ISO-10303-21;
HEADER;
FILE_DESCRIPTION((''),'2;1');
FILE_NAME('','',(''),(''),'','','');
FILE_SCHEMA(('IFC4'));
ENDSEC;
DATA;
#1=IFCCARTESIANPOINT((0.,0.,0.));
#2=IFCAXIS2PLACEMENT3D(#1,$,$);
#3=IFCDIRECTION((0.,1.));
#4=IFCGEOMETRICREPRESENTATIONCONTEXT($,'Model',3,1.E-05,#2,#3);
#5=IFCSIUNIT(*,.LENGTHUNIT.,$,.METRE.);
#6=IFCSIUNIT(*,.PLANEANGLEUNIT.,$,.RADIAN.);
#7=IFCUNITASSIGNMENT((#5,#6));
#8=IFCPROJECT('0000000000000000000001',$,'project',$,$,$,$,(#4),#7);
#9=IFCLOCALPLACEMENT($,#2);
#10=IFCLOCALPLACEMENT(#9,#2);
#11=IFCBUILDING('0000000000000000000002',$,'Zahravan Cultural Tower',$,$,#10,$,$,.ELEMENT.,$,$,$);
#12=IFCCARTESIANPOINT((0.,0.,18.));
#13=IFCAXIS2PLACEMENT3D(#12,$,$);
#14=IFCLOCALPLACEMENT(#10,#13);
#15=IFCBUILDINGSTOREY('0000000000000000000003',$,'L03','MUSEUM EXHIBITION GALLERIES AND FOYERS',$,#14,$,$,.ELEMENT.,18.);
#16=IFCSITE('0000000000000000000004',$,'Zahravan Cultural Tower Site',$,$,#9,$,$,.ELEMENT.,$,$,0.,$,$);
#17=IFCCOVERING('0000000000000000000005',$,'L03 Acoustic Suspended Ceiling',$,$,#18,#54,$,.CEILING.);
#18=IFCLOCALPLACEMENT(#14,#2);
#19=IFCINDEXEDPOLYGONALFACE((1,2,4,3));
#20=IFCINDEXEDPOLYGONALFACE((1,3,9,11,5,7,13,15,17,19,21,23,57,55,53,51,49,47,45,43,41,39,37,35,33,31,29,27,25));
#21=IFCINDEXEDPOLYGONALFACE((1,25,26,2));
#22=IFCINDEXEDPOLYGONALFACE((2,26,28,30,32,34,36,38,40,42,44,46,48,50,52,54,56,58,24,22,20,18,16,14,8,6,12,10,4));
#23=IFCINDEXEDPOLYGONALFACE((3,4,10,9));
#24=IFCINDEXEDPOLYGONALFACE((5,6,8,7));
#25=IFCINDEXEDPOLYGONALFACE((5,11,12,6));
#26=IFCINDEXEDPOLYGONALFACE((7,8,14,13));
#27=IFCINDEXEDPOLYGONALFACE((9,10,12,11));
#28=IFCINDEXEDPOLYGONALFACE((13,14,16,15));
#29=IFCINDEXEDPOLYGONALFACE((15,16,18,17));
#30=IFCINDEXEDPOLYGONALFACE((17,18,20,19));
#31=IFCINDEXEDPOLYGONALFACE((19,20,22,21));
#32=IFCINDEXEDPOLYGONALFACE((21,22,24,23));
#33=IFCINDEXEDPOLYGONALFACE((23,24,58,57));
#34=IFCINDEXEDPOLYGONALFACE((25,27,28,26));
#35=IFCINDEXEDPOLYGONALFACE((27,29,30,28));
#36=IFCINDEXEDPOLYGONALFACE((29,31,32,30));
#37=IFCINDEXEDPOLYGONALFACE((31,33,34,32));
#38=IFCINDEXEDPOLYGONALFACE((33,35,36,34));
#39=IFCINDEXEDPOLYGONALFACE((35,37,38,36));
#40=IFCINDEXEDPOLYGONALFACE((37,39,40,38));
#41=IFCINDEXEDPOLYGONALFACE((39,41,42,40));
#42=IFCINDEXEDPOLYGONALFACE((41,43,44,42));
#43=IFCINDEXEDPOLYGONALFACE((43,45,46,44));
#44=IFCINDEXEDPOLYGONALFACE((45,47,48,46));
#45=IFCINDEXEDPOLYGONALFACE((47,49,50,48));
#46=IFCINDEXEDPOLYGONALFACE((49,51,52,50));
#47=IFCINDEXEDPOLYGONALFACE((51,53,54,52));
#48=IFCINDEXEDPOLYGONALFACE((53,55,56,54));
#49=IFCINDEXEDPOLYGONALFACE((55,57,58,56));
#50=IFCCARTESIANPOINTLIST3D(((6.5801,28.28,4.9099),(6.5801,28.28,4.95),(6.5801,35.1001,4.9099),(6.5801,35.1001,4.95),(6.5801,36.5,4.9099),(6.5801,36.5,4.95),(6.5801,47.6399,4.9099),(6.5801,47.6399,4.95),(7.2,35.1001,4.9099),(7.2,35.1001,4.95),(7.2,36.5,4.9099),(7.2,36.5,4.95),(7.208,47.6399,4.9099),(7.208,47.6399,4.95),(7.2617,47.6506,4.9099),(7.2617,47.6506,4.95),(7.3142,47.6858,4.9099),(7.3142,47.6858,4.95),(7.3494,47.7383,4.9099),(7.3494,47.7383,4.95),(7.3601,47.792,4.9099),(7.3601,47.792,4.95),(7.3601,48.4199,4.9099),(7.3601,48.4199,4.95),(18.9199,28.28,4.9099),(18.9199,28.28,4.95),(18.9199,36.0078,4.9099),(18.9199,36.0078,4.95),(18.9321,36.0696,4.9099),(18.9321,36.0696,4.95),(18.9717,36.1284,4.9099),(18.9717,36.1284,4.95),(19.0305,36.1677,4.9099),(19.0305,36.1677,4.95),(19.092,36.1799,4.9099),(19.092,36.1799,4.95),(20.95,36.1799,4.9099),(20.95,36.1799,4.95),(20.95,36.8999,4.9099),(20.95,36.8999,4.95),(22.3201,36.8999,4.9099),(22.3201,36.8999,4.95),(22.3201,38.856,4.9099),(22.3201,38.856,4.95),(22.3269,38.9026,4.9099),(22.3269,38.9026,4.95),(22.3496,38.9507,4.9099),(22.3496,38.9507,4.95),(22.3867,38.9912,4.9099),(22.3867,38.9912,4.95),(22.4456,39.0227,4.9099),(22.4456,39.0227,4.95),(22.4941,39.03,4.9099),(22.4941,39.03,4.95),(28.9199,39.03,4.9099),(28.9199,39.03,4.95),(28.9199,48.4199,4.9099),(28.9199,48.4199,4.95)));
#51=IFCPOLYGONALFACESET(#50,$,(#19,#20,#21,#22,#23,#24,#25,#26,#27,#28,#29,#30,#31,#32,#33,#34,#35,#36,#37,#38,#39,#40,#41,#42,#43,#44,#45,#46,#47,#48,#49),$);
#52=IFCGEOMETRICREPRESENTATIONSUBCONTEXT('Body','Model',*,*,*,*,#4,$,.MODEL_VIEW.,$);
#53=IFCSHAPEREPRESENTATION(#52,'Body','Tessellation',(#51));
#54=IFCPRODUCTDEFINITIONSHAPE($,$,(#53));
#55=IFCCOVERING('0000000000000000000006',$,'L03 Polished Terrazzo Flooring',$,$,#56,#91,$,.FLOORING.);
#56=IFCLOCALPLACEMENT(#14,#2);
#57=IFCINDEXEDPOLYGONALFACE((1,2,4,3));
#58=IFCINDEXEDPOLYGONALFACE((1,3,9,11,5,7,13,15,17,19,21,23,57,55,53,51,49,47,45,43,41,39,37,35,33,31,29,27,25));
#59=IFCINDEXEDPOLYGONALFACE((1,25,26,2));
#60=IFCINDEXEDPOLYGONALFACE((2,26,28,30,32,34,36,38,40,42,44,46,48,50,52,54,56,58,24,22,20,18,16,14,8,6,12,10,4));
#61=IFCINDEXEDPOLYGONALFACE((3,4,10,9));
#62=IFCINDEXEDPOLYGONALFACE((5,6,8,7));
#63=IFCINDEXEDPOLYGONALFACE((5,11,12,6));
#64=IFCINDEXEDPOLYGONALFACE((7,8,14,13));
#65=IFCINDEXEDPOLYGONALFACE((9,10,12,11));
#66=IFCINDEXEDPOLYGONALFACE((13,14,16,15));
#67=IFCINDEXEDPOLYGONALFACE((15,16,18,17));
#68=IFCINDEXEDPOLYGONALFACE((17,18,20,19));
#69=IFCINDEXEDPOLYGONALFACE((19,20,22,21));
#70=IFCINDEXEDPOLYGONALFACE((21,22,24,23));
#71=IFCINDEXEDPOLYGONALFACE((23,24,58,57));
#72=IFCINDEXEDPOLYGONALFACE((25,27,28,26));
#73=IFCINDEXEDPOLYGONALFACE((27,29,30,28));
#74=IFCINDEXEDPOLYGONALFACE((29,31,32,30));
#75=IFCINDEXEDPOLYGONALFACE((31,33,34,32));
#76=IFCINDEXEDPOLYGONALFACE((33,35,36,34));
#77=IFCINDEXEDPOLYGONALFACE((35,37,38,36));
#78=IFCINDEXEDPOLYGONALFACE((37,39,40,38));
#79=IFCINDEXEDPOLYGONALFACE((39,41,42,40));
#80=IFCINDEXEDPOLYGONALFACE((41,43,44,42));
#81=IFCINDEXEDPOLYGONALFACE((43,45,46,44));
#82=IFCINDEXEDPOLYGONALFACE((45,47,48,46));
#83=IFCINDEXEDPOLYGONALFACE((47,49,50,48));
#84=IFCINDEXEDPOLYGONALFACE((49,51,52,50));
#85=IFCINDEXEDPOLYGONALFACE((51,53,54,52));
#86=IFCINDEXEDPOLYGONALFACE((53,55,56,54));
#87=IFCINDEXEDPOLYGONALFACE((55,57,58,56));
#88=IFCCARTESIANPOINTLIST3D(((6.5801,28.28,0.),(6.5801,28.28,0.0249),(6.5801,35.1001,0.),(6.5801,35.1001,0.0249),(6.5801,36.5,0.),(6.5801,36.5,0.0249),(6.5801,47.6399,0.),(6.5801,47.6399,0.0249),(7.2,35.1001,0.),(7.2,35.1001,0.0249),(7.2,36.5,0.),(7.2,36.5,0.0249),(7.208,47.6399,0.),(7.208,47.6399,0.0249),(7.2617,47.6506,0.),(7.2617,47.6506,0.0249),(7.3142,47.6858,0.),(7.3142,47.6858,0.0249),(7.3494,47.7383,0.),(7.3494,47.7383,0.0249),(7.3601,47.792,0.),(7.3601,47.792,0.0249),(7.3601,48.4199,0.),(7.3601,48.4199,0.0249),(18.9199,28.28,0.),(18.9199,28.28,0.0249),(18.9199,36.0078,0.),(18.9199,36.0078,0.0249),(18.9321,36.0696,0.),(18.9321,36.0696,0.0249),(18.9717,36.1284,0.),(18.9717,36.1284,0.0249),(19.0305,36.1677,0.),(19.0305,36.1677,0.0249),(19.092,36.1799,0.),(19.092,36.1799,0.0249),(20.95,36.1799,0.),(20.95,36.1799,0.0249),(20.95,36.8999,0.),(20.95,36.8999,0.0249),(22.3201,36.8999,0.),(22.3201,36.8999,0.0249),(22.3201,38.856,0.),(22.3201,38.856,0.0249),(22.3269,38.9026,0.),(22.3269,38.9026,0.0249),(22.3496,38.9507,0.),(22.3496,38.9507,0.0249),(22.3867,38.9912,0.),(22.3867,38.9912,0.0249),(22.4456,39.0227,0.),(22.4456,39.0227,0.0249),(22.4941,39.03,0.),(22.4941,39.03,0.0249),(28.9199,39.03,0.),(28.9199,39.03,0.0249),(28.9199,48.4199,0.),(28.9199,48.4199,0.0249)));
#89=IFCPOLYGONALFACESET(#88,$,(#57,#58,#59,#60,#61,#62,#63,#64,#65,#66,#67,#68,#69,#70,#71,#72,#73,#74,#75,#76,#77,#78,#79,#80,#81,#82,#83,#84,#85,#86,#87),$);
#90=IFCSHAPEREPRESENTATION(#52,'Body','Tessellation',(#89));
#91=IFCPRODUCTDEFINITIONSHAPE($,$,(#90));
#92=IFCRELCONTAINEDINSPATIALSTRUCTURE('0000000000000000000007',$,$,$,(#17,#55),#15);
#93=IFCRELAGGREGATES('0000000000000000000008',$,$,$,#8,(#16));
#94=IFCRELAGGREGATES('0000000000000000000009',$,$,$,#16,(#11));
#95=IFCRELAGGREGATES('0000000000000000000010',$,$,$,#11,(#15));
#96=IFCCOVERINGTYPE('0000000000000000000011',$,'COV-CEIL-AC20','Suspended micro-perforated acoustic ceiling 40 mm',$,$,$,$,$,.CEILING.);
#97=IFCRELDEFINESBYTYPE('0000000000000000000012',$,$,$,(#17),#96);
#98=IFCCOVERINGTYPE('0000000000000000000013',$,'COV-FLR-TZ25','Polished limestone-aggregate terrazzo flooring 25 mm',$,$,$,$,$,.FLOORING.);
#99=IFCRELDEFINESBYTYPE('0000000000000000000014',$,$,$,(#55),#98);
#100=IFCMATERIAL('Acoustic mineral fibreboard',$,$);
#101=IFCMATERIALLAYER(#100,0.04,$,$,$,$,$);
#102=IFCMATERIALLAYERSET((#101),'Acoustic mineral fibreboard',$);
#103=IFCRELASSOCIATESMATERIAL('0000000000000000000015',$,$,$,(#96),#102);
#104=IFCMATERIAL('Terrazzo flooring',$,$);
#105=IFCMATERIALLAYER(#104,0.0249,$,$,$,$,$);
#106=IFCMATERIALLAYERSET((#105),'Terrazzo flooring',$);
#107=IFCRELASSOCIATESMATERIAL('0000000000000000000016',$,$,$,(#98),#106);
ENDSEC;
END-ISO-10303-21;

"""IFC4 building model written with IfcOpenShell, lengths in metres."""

from ifc_helpers import new_model, si_unit, direction, frame, origin, place, context, subcontext, project, spatial, polyline, outline, extrude, material, layer, layer_set, type_object, element, save


model = new_model("IFC4")

# Units and contexts
model_context = context("Model", 3, precision=1e-05, world=origin(), true_north=direction((0.0, 1.0)))
body_context = subcontext(model_context, "Body", "Model", "MODEL_VIEW")
ifc_project = project(units=[si_unit("LENGTHUNIT", "METRE"), si_unit("PLANEANGLEUNIT", "RADIAN")], contexts=[model_context])

# Site, building, storey
site_placement = place(None, origin())
site = spatial("IfcSite", under=ifc_project, at=site_placement, Name="Zahravan Cultural Tower Site", CompositionType="ELEMENT", RefElevation=0.0)
building_placement = place(site_placement, origin())
building = spatial("IfcBuilding", under=site, at=building_placement, Name="Zahravan Cultural Tower", CompositionType="ELEMENT")
storey_placement = place(building_placement, frame((0.0, 0.0, 18.0)))
storey = spatial("IfcBuildingStorey", under=building, at=storey_placement, Name="L03", Description="MUSEUM EXHIBITION GALLERIES AND FOYERS", CompositionType="ELEMENT", Elevation=18.0)

# Coverings
ifc_material_1 = material(Name="Acoustic mineral fibreboard")
ifc_layer_1 = layer(ifc_material_1, 0.04)
ifc_layer_set_1 = layer_set([ifc_layer_1], Name="Acoustic mineral fibreboard")
covering_type_1 = type_object("IfcCoveringType", Name="COV-CEIL-AC20", Description="Suspended micro-perforated acoustic ceiling 40 mm", PredefinedType="CEILING", material=ifc_layer_set_1)
covering_1_placement = place(storey_placement, frame((0.0, 0.0, 4.9099)))
element("IfcCovering", 1, at=covering_1_placement, inside=storey, type_object=covering_type_1, Name="L03 Acoustic Suspended Ceiling", PredefinedType="CEILING", context=body_context, shape_type="SweptSolid", body=[
    extrude(outline(polyline([(22.3201, 38.856), (22.3269, 38.9026), (22.3496, 38.9507), (22.3867, 38.9912), (22.4456, 39.0227), (22.4941, 39.03), (28.9199, 39.03), (28.9199, 48.4199), (7.3601, 48.4199), (7.3601, 47.792), (7.3494, 47.7383), (7.3142, 47.6858), (7.2617, 47.6506), (7.208, 47.6399), (6.5801, 47.6399), (6.5801, 36.5), (7.2, 36.5), (7.2, 35.1001), (6.5801, 35.1001), (6.5801, 28.28), (18.9199, 28.28), (18.9199, 36.0078), (18.9321, 36.0696), (18.9717, 36.1284), (19.0305, 36.1677), (19.092, 36.1799), (20.95, 36.1799), (20.95, 36.8999), (22.3201, 36.8999), (22.3201, 38.856)])), origin(), (0.0, 0.0, 1.0), 0.04),
])
ifc_material_2 = material(Name="Terrazzo flooring")
ifc_layer_2 = layer(ifc_material_2, 0.0249)
ifc_layer_set_2 = layer_set([ifc_layer_2], Name="Terrazzo flooring")
covering_type_2 = type_object("IfcCoveringType", Name="COV-FLR-TZ25", Description="Polished limestone-aggregate terrazzo flooring 25 mm", PredefinedType="FLOORING", material=ifc_layer_set_2)
covering_2_placement = place(storey_placement, origin())
element("IfcCovering", 2, at=covering_2_placement, inside=storey, type_object=covering_type_2, Name="L03 Polished Terrazzo Flooring", PredefinedType="FLOORING", context=body_context, shape_type="SweptSolid", body=[
    extrude(outline(polyline([(22.3201, 38.856), (22.3269, 38.9026), (22.3496, 38.9507), (22.3867, 38.9912), (22.4456, 39.0227), (22.4941, 39.03), (28.9199, 39.03), (28.9199, 48.4199), (7.3601, 48.4199), (7.3601, 47.792), (7.3494, 47.7383), (7.3142, 47.6858), (7.2617, 47.6506), (7.208, 47.6399), (6.5801, 47.6399), (6.5801, 36.5), (7.2, 36.5), (7.2, 35.1001), (6.5801, 35.1001), (6.5801, 28.28), (18.9199, 28.28), (18.9199, 36.0078), (18.9321, 36.0696), (18.9717, 36.1284), (19.0305, 36.1677), (19.092, 36.1799), (20.95, 36.1799), (20.95, 36.8999), (22.3201, 36.8999), (22.3201, 38.856)])), origin(), (0.0, 0.0, 1.0), 0.0249),
])

save(model, "model.ifc")
